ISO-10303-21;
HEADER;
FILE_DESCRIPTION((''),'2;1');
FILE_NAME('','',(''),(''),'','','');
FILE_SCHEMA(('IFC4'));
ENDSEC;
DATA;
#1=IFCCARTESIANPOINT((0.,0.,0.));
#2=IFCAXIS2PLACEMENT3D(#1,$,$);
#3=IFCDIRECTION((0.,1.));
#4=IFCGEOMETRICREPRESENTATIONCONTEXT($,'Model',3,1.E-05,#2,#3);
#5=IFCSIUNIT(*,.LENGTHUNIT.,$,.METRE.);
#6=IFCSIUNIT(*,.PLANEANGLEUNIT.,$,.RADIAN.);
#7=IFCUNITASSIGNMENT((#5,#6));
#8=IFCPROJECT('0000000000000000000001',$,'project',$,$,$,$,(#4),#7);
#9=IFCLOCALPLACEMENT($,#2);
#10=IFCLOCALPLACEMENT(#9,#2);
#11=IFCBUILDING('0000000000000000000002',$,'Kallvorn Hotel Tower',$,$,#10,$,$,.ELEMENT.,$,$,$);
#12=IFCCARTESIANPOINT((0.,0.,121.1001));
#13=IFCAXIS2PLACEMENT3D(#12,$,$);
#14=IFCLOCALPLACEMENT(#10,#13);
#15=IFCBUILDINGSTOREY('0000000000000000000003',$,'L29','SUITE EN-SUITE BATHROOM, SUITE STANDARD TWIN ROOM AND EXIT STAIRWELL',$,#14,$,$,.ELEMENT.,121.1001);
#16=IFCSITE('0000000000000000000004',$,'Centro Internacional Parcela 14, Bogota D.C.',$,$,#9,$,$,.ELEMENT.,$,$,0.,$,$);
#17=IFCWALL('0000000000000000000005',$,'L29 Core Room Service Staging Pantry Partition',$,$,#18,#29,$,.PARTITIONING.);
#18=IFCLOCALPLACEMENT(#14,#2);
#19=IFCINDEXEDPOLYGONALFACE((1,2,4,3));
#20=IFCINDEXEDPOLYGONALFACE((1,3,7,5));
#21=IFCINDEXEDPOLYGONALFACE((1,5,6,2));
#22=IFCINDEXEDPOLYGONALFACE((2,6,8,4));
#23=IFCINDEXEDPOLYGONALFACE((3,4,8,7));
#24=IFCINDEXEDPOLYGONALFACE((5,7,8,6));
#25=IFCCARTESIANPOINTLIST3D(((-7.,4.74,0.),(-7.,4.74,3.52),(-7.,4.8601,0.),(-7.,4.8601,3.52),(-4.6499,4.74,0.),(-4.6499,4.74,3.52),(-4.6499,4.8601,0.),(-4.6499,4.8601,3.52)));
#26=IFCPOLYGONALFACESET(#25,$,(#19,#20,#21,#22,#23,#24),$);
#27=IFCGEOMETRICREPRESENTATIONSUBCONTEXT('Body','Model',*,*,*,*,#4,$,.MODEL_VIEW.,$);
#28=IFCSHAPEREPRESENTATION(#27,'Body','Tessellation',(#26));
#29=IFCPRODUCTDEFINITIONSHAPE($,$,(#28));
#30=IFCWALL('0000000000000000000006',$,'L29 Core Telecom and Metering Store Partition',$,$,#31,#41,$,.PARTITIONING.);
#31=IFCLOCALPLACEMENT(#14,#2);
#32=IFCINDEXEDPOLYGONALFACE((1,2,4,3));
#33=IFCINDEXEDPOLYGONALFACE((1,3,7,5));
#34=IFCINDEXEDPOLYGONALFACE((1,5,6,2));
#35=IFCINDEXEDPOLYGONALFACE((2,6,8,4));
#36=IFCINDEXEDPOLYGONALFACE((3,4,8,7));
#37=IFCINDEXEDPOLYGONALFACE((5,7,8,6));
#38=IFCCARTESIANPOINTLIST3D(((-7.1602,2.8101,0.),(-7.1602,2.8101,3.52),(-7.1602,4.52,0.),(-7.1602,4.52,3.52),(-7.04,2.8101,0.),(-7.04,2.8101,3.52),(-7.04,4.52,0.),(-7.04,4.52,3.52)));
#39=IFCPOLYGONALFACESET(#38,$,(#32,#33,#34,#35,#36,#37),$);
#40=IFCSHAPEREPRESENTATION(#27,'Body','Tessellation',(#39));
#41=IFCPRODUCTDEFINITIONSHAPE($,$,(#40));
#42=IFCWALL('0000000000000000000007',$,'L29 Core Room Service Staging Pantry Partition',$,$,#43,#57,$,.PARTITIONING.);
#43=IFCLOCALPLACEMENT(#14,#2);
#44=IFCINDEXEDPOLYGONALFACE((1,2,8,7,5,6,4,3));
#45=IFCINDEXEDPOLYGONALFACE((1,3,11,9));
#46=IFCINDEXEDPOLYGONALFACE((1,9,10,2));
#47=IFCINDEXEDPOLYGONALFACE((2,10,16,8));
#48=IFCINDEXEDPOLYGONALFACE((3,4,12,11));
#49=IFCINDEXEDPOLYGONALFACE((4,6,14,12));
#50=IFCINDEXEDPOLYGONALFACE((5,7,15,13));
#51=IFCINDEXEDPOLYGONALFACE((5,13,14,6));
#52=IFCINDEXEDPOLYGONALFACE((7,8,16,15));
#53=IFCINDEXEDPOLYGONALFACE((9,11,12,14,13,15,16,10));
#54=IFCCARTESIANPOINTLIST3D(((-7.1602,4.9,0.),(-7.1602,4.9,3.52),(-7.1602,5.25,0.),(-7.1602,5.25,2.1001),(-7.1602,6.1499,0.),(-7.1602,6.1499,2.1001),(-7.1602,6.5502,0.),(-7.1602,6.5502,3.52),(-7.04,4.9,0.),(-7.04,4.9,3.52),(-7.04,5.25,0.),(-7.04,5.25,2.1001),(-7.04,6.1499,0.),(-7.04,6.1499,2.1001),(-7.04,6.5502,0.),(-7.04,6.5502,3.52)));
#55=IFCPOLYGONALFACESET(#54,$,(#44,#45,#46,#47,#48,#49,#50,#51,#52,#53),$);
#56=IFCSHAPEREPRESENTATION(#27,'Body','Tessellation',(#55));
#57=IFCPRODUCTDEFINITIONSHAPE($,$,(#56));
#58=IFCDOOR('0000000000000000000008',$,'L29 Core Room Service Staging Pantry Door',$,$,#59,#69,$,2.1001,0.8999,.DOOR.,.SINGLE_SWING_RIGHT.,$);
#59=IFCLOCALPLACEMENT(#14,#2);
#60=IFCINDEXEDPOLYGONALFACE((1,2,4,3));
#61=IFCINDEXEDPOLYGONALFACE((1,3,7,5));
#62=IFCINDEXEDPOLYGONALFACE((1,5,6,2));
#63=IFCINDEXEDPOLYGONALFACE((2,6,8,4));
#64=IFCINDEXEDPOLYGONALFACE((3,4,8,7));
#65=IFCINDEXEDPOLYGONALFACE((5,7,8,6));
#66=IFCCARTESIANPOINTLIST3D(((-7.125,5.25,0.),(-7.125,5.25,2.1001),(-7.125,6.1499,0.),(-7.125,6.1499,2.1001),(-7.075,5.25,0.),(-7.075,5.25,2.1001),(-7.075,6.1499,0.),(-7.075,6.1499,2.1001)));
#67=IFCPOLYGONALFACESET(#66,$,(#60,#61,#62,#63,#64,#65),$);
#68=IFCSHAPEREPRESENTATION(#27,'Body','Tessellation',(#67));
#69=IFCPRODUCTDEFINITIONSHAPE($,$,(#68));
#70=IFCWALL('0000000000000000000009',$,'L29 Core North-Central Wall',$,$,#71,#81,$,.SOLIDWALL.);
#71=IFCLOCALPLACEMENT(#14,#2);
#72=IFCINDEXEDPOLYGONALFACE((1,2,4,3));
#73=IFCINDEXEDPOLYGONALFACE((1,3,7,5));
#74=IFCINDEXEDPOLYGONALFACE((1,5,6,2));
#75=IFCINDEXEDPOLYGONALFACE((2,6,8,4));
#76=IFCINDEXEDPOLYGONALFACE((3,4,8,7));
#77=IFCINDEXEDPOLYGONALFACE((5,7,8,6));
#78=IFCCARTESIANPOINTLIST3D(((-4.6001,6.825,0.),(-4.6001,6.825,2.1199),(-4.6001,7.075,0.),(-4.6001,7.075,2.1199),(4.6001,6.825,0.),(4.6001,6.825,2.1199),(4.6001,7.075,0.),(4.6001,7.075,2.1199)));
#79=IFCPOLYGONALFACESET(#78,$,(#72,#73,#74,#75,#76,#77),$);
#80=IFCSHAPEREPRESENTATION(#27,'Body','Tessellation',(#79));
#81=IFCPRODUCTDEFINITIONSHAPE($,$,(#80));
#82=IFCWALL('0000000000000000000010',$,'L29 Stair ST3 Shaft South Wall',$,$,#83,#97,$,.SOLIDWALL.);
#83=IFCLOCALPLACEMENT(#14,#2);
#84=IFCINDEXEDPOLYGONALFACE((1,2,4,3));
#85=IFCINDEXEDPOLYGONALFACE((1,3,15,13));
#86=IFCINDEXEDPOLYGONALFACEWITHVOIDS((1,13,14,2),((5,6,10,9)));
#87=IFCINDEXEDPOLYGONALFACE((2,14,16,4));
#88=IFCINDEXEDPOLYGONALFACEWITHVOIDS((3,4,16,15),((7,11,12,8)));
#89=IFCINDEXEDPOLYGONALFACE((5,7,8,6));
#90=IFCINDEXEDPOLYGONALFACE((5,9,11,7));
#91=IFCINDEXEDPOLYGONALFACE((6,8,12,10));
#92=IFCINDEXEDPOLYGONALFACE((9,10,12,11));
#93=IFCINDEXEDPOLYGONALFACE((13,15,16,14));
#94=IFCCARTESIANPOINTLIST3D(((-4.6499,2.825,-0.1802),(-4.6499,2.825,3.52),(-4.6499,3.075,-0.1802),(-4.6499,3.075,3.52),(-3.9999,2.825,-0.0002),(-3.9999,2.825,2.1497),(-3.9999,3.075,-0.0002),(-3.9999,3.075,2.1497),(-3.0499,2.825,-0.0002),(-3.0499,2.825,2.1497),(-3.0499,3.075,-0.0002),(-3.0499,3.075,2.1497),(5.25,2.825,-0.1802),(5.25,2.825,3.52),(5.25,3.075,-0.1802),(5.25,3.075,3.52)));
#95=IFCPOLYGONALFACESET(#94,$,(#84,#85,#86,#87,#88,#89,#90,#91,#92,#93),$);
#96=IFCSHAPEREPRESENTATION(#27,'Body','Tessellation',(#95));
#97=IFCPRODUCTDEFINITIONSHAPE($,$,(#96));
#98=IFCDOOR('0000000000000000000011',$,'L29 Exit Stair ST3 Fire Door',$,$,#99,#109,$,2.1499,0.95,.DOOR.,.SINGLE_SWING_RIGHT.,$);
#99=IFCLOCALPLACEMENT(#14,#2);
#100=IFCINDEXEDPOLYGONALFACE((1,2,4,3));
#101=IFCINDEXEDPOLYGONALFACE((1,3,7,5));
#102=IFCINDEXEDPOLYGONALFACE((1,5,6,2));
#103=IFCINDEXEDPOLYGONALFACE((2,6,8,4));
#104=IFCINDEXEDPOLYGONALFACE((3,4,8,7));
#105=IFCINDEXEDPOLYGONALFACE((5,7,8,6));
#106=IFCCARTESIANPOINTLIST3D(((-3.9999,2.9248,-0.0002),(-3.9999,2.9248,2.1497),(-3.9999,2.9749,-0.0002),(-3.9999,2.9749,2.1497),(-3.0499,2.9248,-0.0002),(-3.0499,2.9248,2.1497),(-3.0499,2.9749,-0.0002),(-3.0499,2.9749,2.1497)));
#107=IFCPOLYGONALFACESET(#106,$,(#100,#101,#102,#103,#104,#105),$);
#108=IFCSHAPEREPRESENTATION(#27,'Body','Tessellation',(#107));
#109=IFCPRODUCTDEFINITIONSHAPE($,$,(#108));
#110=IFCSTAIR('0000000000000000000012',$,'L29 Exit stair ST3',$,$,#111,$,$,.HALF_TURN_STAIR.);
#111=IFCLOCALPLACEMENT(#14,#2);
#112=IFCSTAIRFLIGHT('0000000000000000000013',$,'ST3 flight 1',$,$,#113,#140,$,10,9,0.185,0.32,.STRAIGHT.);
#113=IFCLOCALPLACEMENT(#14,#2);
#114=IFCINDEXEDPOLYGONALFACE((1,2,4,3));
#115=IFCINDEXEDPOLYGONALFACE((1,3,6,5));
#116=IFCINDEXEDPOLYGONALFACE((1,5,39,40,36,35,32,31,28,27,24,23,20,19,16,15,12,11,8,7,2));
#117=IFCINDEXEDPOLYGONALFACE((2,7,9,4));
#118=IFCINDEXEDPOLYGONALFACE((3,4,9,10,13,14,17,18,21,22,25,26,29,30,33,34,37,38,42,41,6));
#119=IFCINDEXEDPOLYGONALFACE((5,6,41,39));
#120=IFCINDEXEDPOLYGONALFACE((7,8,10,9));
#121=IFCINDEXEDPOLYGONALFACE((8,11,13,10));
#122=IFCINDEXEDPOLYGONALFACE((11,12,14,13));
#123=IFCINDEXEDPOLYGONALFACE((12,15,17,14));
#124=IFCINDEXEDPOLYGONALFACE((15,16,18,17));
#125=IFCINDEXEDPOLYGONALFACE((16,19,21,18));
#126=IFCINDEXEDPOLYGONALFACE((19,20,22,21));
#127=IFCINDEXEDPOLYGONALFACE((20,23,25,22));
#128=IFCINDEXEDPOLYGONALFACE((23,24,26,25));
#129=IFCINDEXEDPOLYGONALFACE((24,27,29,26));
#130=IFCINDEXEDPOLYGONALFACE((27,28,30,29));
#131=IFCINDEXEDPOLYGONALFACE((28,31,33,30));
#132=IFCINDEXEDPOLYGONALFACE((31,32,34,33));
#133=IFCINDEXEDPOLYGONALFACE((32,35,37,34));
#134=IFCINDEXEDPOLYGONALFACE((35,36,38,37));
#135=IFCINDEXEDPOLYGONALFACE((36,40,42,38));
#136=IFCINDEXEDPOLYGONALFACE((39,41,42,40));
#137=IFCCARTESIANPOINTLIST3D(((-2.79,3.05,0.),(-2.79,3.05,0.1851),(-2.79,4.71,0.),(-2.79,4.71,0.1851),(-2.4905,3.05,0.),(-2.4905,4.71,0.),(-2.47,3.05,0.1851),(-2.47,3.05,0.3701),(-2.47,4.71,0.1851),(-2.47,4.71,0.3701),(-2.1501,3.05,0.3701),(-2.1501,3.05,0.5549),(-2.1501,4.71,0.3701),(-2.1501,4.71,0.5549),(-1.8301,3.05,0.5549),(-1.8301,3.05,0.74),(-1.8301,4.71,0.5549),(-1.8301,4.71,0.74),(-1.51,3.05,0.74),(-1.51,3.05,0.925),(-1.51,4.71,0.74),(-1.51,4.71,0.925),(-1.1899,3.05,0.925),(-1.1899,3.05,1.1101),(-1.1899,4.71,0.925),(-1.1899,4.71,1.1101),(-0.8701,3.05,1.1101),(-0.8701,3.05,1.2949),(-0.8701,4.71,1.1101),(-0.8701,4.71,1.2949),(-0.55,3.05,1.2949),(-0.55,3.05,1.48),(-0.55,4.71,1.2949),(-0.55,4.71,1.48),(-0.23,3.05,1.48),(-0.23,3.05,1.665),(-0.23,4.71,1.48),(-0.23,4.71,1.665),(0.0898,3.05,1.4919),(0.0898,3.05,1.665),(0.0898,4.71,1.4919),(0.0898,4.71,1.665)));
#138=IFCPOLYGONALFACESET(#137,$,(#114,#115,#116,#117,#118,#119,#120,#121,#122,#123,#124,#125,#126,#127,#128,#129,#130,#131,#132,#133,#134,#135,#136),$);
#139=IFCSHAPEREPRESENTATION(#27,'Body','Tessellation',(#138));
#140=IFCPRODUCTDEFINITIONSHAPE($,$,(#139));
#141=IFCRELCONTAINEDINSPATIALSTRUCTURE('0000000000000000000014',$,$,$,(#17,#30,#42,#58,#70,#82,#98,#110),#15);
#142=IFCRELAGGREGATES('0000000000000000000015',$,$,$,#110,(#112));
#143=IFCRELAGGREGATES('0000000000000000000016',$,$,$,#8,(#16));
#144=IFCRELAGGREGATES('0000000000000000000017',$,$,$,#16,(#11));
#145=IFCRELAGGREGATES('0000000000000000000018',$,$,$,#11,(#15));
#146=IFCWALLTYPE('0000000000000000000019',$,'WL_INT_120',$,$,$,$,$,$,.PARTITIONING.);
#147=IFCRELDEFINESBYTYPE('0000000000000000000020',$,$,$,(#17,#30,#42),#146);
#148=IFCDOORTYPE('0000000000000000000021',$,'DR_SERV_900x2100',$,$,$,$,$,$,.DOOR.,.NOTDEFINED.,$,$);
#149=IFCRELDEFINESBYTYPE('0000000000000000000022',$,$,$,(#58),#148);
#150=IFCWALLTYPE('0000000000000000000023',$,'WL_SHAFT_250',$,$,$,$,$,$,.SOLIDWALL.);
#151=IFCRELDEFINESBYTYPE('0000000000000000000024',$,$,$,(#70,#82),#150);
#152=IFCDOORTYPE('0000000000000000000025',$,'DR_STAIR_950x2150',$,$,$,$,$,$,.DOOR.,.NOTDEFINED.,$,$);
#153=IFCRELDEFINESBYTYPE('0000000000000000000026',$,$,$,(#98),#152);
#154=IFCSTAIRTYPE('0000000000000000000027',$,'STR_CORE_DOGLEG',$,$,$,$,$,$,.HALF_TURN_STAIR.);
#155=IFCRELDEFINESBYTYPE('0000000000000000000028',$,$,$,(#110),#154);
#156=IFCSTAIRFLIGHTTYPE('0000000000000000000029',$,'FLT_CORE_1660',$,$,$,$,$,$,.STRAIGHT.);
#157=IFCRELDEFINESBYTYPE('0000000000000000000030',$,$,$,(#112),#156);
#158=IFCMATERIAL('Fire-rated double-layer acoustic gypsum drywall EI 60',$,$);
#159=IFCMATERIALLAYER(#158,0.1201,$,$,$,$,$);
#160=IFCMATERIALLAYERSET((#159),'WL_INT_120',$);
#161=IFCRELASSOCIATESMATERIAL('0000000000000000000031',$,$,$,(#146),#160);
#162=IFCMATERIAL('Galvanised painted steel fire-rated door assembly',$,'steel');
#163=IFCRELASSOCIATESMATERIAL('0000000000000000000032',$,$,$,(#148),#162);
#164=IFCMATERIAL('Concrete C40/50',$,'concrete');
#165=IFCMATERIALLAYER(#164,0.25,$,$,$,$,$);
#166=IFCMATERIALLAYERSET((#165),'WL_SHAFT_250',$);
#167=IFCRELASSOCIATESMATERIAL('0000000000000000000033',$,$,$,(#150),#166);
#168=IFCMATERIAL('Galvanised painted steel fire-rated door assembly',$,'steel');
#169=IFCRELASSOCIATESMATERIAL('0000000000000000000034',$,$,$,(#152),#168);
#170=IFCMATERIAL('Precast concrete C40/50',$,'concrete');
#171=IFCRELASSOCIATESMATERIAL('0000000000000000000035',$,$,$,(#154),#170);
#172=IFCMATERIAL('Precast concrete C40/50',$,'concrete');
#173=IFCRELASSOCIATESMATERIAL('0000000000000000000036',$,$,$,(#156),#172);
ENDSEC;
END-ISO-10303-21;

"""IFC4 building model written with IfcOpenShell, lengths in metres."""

from ifc_helpers import new_model, si_unit, direction, frame, frame_2d, origin, place, context, subcontext, project, spatial, polyline, rectangle, outline, extrude, material, layer, layer_set, type_object, element, fill, aggregate, save


model = new_model("IFC4")

# Units and contexts
model_context = context("Model", 3, precision=1e-05, world=origin(), true_north=direction((0.0, 1.0)))
body_context = subcontext(model_context, "Body", "Model", "MODEL_VIEW")
ifc_project = project(units=[si_unit("LENGTHUNIT", "METRE"), si_unit("PLANEANGLEUNIT", "RADIAN")], contexts=[model_context])

# Site, building, storey
site_placement = place(None, origin())
site = spatial("IfcSite", under=ifc_project, at=site_placement, Name="Centro Internacional Parcela 14, Bogota D.C.", CompositionType="ELEMENT", RefElevation=0.0)
building_placement = place(site_placement, origin())
building = spatial("IfcBuilding", under=site, at=building_placement, Name="Kallvorn Hotel Tower", CompositionType="ELEMENT")
storey_placement = place(building_placement, frame((0.0, 0.0, 121.1001)))
storey = spatial("IfcBuildingStorey", under=building, at=storey_placement, Name="L29", Description="SUITE EN-SUITE BATHROOM, SUITE STANDARD TWIN ROOM AND EXIT STAIRWELL", CompositionType="ELEMENT", Elevation=121.1001)

# Walls
ifc_material_1 = material(Name="Fire-rated double-layer acoustic gypsum drywall EI 60")
ifc_layer_1 = layer(ifc_material_1, 0.1201)
ifc_layer_set_1 = layer_set([ifc_layer_1], Name="WL_INT_120")
wall_type_1 = type_object("IfcWallType", Name="WL_INT_120", PredefinedType="PARTITIONING", material=ifc_layer_set_1)
wall_1_placement = place(storey_placement, frame((-7.0, 4.8, 0.0), z_axis=(0.0, 0.0, 1.0), x_axis=(1.0, 0.0, 0.0)))
element("IfcWall", 1, at=wall_1_placement, inside=storey, type_object=wall_type_1, Name="L29 Core Room Service Staging Pantry Partition", PredefinedType="PARTITIONING", context=body_context, shape_type="SweptSolid", body=[
    extrude(rectangle(XDim=2.3501, YDim=0.1201, at=frame_2d((1.175, 0.0))), origin(), (0.0, 0.0, 1.0), 3.52),
])
wall_2_placement = place(storey_placement, frame((-7.1001, 2.8101, 0.0), z_axis=(0.0, 0.0, 1.0), x_axis=(0.0, 1.0, 0.0)))
element("IfcWall", 2, at=wall_2_placement, inside=storey, type_object=wall_type_1, Name="L29 Core Telecom and Metering Store Partition", PredefinedType="PARTITIONING", context=body_context, shape_type="SweptSolid", body=[
    extrude(rectangle(XDim=1.71, YDim=0.1201, at=frame_2d((0.855, 0.0))), origin(), (0.0, 0.0, 1.0), 3.52),
])

# Wall, opening, door
wall_3_placement = place(storey_placement, frame((-7.1001, 4.8999, 0.0), z_axis=(0.0, 0.0, 1.0), x_axis=(0.0, 1.0, 0.0)))
wall_3 = element("IfcWall", 3, at=wall_3_placement, inside=storey, type_object=wall_type_1, Name="L29 Core Room Service Staging Pantry Partition", PredefinedType="PARTITIONING", context=body_context, shape_type="SweptSolid", body=[
    extrude(rectangle(XDim=1.6501, YDim=0.1201, at=frame_2d((0.8252, 0.0))), origin(), (0.0, 0.0, 1.0), 3.52),
])
opening_1_placement = place(wall_3_placement, frame((0.3501, 0.0, 0.0)))
opening_1 = element("IfcOpeningElement", 4, at=opening_1_placement, cuts=wall_3, PredefinedType="OPENING", context=body_context, shape_type="SweptSolid", body=[
    extrude(rectangle(XDim=0.8999, YDim=2.1001, at=frame_2d((0.45, 1.05))), frame((0.0, 0.075, 0.0), z_axis=(0.0, -1.0, 0.0), x_axis=(1.0, 0.0, 0.0)), (0.0, 0.0, 1.0), 0.1501),
])
ifc_material_2 = material(Name="Galvanised painted steel fire-rated door assembly", Category="steel")
door_type_1 = type_object("IfcDoorType", Name="DR_SERV_900x2100", OperationType="NOTDEFINED", PredefinedType="DOOR", material=ifc_material_2)
door_1_placement = place(opening_1_placement, origin())
door_1 = element("IfcDoor", 5, at=door_1_placement, inside=storey, type_object=door_type_1, Name="L29 Core Room Service Staging Pantry Door", OperationType="SINGLE_SWING_RIGHT", OverallHeight=2.1001, OverallWidth=0.8999, PredefinedType="DOOR", context=body_context, shape_type="SweptSolid", body=[
    extrude(rectangle(XDim=0.8999, YDim=2.1001, at=frame_2d((0.45, 1.05))), frame((0.0, 0.0249, 0.0), z_axis=(0.0, -1.0, 0.0), x_axis=(1.0, 0.0, 0.0)), (0.0, 0.0, 1.0), 0.05),
])
fill(opening_1, door_1)

# Wall
ifc_material_3 = material(Name="Concrete C40/50", Category="concrete")
ifc_layer_2 = layer(ifc_material_3, 0.25)
ifc_layer_set_2 = layer_set([ifc_layer_2], Name="WL_SHAFT_250")
wall_type_2 = type_object("IfcWallType", Name="WL_SHAFT_250", PredefinedType="SOLIDWALL", material=ifc_layer_set_2)
wall_4_placement = place(storey_placement, frame((-4.6001, 6.95, 0.0), z_axis=(0.0, 0.0, 1.0), x_axis=(1.0, 0.0, 0.0)))
element("IfcWall", 6, at=wall_4_placement, inside=storey, type_object=wall_type_2, Name="L29 Core North-Central Wall", PredefinedType="SOLIDWALL", context=body_context, shape_type="SweptSolid", body=[
    extrude(rectangle(XDim=9.2002, YDim=0.25, at=frame_2d((4.6001, 0.0))), origin(), (0.0, 0.0, 1.0), 2.1199),
])

# Wall, opening, door
wall_5_placement = place(storey_placement, frame((-4.6499, 2.95, -0.1802), z_axis=(0.0, 0.0, 1.0), x_axis=(1.0, 0.0, 0.0)))
wall_5 = element("IfcWall", 7, at=wall_5_placement, inside=storey, type_object=wall_type_2, Name="L29 Stair ST3 Shaft South Wall", PredefinedType="SOLIDWALL", context=body_context, shape_type="SweptSolid", body=[
    extrude(rectangle(XDim=9.8999, YDim=0.25, at=frame_2d((4.95, 0.0))), origin(), (0.0, 0.0, 1.0), 3.7002),
])
opening_2_placement = place(wall_5_placement, frame((0.6499, 0.0, 0.1799)))
opening_2 = element("IfcOpeningElement", 8, at=opening_2_placement, cuts=wall_5, PredefinedType="OPENING", context=body_context, shape_type="SweptSolid", body=[
    extrude(rectangle(XDim=0.95, YDim=2.1499, at=frame_2d((0.4751, 1.075))), frame((0.0, 0.1399, 0.0), z_axis=(0.0, -1.0, 0.0), x_axis=(1.0, 0.0, 0.0)), (0.0, 0.0, 1.0), 0.28),
])
ifc_material_4 = material(Name="Galvanised painted steel fire-rated door assembly", Category="steel")
door_type_2 = type_object("IfcDoorType", Name="DR_STAIR_950x2150", OperationType="NOTDEFINED", PredefinedType="DOOR", material=ifc_material_4)
door_2_placement = place(opening_2_placement, origin())
door_2 = element("IfcDoor", 9, at=door_2_placement, inside=storey, type_object=door_type_2, Name="L29 Exit Stair ST3 Fire Door", OperationType="SINGLE_SWING_RIGHT", OverallHeight=2.1499, OverallWidth=0.95, PredefinedType="DOOR", context=body_context, shape_type="SweptSolid", body=[
    extrude(rectangle(XDim=0.95, YDim=2.1499, at=frame_2d((0.4751, 1.075))), frame((0.0, 0.0249, 0.0), z_axis=(0.0, -1.0, 0.0), x_axis=(1.0, 0.0, 0.0)), (0.0, 0.0, 1.0), 0.05),
])
fill(opening_2, door_2)

# Stair, stair flight
ifc_material_5 = material(Name="Precast concrete C40/50", Category="concrete")
stair_type = type_object("IfcStairType", Name="STR_CORE_DOGLEG", PredefinedType="HALF_TURN_STAIR", material=ifc_material_5)
stair_placement = place(storey_placement, origin())
stair = element("IfcStair", 10, at=stair_placement, inside=storey, type_object=stair_type, Name="L29 Exit stair ST3", PredefinedType="HALF_TURN_STAIR")
ifc_material_6 = material(Name="Precast concrete C40/50", Category="concrete")
stair_flight_type = type_object("IfcStairFlightType", Name="FLT_CORE_1660", PredefinedType="STRAIGHT", material=ifc_material_6)
stair_flight_placement = place(storey_placement, frame((-2.79, 3.8799, 0.0), z_axis=(0.0, 0.0, 1.0), x_axis=(1.0, 0.0, 0.0)))
stair_flight = element("IfcStairFlight", 11, at=stair_flight_placement, type_object=stair_flight_type, Name="ST3 flight 1", NumberOfRisers=10, NumberOfTreads=9, PredefinedType="STRAIGHT", RiserHeight=0.185, TreadLength=0.32, context=body_context, shape_type="SweptSolid", body=[
    extrude(outline(polyline([(0.0, 0.0), (0.0, 0.1851), (0.3201, 0.1851), (0.3201, 0.3701), (0.6399, 0.3701), (0.6399, 0.5549), (0.96, 0.5549), (0.96, 0.74), (1.28, 0.74), (1.28, 0.925), (1.6001, 0.925), (1.6001, 1.1101), (1.9199, 1.1101), (1.9199, 1.2949), (2.24, 1.2949), (2.24, 1.48), (2.5601, 1.48), (2.5601, 1.665), (2.8799, 1.665), (2.8799, 1.8501), (2.8799, 1.4919), (0.2996, 0.0), (0.0, 0.0)])), frame((0.0, 0.8301, 0.0), z_axis=(0.0, -1.0, 0.0), x_axis=(1.0, 0.0, 0.0)), (0.0, 0.0, 1.0), 1.6599),
])
aggregate(stair, [stair_flight])

save(model, "model.ifc")
